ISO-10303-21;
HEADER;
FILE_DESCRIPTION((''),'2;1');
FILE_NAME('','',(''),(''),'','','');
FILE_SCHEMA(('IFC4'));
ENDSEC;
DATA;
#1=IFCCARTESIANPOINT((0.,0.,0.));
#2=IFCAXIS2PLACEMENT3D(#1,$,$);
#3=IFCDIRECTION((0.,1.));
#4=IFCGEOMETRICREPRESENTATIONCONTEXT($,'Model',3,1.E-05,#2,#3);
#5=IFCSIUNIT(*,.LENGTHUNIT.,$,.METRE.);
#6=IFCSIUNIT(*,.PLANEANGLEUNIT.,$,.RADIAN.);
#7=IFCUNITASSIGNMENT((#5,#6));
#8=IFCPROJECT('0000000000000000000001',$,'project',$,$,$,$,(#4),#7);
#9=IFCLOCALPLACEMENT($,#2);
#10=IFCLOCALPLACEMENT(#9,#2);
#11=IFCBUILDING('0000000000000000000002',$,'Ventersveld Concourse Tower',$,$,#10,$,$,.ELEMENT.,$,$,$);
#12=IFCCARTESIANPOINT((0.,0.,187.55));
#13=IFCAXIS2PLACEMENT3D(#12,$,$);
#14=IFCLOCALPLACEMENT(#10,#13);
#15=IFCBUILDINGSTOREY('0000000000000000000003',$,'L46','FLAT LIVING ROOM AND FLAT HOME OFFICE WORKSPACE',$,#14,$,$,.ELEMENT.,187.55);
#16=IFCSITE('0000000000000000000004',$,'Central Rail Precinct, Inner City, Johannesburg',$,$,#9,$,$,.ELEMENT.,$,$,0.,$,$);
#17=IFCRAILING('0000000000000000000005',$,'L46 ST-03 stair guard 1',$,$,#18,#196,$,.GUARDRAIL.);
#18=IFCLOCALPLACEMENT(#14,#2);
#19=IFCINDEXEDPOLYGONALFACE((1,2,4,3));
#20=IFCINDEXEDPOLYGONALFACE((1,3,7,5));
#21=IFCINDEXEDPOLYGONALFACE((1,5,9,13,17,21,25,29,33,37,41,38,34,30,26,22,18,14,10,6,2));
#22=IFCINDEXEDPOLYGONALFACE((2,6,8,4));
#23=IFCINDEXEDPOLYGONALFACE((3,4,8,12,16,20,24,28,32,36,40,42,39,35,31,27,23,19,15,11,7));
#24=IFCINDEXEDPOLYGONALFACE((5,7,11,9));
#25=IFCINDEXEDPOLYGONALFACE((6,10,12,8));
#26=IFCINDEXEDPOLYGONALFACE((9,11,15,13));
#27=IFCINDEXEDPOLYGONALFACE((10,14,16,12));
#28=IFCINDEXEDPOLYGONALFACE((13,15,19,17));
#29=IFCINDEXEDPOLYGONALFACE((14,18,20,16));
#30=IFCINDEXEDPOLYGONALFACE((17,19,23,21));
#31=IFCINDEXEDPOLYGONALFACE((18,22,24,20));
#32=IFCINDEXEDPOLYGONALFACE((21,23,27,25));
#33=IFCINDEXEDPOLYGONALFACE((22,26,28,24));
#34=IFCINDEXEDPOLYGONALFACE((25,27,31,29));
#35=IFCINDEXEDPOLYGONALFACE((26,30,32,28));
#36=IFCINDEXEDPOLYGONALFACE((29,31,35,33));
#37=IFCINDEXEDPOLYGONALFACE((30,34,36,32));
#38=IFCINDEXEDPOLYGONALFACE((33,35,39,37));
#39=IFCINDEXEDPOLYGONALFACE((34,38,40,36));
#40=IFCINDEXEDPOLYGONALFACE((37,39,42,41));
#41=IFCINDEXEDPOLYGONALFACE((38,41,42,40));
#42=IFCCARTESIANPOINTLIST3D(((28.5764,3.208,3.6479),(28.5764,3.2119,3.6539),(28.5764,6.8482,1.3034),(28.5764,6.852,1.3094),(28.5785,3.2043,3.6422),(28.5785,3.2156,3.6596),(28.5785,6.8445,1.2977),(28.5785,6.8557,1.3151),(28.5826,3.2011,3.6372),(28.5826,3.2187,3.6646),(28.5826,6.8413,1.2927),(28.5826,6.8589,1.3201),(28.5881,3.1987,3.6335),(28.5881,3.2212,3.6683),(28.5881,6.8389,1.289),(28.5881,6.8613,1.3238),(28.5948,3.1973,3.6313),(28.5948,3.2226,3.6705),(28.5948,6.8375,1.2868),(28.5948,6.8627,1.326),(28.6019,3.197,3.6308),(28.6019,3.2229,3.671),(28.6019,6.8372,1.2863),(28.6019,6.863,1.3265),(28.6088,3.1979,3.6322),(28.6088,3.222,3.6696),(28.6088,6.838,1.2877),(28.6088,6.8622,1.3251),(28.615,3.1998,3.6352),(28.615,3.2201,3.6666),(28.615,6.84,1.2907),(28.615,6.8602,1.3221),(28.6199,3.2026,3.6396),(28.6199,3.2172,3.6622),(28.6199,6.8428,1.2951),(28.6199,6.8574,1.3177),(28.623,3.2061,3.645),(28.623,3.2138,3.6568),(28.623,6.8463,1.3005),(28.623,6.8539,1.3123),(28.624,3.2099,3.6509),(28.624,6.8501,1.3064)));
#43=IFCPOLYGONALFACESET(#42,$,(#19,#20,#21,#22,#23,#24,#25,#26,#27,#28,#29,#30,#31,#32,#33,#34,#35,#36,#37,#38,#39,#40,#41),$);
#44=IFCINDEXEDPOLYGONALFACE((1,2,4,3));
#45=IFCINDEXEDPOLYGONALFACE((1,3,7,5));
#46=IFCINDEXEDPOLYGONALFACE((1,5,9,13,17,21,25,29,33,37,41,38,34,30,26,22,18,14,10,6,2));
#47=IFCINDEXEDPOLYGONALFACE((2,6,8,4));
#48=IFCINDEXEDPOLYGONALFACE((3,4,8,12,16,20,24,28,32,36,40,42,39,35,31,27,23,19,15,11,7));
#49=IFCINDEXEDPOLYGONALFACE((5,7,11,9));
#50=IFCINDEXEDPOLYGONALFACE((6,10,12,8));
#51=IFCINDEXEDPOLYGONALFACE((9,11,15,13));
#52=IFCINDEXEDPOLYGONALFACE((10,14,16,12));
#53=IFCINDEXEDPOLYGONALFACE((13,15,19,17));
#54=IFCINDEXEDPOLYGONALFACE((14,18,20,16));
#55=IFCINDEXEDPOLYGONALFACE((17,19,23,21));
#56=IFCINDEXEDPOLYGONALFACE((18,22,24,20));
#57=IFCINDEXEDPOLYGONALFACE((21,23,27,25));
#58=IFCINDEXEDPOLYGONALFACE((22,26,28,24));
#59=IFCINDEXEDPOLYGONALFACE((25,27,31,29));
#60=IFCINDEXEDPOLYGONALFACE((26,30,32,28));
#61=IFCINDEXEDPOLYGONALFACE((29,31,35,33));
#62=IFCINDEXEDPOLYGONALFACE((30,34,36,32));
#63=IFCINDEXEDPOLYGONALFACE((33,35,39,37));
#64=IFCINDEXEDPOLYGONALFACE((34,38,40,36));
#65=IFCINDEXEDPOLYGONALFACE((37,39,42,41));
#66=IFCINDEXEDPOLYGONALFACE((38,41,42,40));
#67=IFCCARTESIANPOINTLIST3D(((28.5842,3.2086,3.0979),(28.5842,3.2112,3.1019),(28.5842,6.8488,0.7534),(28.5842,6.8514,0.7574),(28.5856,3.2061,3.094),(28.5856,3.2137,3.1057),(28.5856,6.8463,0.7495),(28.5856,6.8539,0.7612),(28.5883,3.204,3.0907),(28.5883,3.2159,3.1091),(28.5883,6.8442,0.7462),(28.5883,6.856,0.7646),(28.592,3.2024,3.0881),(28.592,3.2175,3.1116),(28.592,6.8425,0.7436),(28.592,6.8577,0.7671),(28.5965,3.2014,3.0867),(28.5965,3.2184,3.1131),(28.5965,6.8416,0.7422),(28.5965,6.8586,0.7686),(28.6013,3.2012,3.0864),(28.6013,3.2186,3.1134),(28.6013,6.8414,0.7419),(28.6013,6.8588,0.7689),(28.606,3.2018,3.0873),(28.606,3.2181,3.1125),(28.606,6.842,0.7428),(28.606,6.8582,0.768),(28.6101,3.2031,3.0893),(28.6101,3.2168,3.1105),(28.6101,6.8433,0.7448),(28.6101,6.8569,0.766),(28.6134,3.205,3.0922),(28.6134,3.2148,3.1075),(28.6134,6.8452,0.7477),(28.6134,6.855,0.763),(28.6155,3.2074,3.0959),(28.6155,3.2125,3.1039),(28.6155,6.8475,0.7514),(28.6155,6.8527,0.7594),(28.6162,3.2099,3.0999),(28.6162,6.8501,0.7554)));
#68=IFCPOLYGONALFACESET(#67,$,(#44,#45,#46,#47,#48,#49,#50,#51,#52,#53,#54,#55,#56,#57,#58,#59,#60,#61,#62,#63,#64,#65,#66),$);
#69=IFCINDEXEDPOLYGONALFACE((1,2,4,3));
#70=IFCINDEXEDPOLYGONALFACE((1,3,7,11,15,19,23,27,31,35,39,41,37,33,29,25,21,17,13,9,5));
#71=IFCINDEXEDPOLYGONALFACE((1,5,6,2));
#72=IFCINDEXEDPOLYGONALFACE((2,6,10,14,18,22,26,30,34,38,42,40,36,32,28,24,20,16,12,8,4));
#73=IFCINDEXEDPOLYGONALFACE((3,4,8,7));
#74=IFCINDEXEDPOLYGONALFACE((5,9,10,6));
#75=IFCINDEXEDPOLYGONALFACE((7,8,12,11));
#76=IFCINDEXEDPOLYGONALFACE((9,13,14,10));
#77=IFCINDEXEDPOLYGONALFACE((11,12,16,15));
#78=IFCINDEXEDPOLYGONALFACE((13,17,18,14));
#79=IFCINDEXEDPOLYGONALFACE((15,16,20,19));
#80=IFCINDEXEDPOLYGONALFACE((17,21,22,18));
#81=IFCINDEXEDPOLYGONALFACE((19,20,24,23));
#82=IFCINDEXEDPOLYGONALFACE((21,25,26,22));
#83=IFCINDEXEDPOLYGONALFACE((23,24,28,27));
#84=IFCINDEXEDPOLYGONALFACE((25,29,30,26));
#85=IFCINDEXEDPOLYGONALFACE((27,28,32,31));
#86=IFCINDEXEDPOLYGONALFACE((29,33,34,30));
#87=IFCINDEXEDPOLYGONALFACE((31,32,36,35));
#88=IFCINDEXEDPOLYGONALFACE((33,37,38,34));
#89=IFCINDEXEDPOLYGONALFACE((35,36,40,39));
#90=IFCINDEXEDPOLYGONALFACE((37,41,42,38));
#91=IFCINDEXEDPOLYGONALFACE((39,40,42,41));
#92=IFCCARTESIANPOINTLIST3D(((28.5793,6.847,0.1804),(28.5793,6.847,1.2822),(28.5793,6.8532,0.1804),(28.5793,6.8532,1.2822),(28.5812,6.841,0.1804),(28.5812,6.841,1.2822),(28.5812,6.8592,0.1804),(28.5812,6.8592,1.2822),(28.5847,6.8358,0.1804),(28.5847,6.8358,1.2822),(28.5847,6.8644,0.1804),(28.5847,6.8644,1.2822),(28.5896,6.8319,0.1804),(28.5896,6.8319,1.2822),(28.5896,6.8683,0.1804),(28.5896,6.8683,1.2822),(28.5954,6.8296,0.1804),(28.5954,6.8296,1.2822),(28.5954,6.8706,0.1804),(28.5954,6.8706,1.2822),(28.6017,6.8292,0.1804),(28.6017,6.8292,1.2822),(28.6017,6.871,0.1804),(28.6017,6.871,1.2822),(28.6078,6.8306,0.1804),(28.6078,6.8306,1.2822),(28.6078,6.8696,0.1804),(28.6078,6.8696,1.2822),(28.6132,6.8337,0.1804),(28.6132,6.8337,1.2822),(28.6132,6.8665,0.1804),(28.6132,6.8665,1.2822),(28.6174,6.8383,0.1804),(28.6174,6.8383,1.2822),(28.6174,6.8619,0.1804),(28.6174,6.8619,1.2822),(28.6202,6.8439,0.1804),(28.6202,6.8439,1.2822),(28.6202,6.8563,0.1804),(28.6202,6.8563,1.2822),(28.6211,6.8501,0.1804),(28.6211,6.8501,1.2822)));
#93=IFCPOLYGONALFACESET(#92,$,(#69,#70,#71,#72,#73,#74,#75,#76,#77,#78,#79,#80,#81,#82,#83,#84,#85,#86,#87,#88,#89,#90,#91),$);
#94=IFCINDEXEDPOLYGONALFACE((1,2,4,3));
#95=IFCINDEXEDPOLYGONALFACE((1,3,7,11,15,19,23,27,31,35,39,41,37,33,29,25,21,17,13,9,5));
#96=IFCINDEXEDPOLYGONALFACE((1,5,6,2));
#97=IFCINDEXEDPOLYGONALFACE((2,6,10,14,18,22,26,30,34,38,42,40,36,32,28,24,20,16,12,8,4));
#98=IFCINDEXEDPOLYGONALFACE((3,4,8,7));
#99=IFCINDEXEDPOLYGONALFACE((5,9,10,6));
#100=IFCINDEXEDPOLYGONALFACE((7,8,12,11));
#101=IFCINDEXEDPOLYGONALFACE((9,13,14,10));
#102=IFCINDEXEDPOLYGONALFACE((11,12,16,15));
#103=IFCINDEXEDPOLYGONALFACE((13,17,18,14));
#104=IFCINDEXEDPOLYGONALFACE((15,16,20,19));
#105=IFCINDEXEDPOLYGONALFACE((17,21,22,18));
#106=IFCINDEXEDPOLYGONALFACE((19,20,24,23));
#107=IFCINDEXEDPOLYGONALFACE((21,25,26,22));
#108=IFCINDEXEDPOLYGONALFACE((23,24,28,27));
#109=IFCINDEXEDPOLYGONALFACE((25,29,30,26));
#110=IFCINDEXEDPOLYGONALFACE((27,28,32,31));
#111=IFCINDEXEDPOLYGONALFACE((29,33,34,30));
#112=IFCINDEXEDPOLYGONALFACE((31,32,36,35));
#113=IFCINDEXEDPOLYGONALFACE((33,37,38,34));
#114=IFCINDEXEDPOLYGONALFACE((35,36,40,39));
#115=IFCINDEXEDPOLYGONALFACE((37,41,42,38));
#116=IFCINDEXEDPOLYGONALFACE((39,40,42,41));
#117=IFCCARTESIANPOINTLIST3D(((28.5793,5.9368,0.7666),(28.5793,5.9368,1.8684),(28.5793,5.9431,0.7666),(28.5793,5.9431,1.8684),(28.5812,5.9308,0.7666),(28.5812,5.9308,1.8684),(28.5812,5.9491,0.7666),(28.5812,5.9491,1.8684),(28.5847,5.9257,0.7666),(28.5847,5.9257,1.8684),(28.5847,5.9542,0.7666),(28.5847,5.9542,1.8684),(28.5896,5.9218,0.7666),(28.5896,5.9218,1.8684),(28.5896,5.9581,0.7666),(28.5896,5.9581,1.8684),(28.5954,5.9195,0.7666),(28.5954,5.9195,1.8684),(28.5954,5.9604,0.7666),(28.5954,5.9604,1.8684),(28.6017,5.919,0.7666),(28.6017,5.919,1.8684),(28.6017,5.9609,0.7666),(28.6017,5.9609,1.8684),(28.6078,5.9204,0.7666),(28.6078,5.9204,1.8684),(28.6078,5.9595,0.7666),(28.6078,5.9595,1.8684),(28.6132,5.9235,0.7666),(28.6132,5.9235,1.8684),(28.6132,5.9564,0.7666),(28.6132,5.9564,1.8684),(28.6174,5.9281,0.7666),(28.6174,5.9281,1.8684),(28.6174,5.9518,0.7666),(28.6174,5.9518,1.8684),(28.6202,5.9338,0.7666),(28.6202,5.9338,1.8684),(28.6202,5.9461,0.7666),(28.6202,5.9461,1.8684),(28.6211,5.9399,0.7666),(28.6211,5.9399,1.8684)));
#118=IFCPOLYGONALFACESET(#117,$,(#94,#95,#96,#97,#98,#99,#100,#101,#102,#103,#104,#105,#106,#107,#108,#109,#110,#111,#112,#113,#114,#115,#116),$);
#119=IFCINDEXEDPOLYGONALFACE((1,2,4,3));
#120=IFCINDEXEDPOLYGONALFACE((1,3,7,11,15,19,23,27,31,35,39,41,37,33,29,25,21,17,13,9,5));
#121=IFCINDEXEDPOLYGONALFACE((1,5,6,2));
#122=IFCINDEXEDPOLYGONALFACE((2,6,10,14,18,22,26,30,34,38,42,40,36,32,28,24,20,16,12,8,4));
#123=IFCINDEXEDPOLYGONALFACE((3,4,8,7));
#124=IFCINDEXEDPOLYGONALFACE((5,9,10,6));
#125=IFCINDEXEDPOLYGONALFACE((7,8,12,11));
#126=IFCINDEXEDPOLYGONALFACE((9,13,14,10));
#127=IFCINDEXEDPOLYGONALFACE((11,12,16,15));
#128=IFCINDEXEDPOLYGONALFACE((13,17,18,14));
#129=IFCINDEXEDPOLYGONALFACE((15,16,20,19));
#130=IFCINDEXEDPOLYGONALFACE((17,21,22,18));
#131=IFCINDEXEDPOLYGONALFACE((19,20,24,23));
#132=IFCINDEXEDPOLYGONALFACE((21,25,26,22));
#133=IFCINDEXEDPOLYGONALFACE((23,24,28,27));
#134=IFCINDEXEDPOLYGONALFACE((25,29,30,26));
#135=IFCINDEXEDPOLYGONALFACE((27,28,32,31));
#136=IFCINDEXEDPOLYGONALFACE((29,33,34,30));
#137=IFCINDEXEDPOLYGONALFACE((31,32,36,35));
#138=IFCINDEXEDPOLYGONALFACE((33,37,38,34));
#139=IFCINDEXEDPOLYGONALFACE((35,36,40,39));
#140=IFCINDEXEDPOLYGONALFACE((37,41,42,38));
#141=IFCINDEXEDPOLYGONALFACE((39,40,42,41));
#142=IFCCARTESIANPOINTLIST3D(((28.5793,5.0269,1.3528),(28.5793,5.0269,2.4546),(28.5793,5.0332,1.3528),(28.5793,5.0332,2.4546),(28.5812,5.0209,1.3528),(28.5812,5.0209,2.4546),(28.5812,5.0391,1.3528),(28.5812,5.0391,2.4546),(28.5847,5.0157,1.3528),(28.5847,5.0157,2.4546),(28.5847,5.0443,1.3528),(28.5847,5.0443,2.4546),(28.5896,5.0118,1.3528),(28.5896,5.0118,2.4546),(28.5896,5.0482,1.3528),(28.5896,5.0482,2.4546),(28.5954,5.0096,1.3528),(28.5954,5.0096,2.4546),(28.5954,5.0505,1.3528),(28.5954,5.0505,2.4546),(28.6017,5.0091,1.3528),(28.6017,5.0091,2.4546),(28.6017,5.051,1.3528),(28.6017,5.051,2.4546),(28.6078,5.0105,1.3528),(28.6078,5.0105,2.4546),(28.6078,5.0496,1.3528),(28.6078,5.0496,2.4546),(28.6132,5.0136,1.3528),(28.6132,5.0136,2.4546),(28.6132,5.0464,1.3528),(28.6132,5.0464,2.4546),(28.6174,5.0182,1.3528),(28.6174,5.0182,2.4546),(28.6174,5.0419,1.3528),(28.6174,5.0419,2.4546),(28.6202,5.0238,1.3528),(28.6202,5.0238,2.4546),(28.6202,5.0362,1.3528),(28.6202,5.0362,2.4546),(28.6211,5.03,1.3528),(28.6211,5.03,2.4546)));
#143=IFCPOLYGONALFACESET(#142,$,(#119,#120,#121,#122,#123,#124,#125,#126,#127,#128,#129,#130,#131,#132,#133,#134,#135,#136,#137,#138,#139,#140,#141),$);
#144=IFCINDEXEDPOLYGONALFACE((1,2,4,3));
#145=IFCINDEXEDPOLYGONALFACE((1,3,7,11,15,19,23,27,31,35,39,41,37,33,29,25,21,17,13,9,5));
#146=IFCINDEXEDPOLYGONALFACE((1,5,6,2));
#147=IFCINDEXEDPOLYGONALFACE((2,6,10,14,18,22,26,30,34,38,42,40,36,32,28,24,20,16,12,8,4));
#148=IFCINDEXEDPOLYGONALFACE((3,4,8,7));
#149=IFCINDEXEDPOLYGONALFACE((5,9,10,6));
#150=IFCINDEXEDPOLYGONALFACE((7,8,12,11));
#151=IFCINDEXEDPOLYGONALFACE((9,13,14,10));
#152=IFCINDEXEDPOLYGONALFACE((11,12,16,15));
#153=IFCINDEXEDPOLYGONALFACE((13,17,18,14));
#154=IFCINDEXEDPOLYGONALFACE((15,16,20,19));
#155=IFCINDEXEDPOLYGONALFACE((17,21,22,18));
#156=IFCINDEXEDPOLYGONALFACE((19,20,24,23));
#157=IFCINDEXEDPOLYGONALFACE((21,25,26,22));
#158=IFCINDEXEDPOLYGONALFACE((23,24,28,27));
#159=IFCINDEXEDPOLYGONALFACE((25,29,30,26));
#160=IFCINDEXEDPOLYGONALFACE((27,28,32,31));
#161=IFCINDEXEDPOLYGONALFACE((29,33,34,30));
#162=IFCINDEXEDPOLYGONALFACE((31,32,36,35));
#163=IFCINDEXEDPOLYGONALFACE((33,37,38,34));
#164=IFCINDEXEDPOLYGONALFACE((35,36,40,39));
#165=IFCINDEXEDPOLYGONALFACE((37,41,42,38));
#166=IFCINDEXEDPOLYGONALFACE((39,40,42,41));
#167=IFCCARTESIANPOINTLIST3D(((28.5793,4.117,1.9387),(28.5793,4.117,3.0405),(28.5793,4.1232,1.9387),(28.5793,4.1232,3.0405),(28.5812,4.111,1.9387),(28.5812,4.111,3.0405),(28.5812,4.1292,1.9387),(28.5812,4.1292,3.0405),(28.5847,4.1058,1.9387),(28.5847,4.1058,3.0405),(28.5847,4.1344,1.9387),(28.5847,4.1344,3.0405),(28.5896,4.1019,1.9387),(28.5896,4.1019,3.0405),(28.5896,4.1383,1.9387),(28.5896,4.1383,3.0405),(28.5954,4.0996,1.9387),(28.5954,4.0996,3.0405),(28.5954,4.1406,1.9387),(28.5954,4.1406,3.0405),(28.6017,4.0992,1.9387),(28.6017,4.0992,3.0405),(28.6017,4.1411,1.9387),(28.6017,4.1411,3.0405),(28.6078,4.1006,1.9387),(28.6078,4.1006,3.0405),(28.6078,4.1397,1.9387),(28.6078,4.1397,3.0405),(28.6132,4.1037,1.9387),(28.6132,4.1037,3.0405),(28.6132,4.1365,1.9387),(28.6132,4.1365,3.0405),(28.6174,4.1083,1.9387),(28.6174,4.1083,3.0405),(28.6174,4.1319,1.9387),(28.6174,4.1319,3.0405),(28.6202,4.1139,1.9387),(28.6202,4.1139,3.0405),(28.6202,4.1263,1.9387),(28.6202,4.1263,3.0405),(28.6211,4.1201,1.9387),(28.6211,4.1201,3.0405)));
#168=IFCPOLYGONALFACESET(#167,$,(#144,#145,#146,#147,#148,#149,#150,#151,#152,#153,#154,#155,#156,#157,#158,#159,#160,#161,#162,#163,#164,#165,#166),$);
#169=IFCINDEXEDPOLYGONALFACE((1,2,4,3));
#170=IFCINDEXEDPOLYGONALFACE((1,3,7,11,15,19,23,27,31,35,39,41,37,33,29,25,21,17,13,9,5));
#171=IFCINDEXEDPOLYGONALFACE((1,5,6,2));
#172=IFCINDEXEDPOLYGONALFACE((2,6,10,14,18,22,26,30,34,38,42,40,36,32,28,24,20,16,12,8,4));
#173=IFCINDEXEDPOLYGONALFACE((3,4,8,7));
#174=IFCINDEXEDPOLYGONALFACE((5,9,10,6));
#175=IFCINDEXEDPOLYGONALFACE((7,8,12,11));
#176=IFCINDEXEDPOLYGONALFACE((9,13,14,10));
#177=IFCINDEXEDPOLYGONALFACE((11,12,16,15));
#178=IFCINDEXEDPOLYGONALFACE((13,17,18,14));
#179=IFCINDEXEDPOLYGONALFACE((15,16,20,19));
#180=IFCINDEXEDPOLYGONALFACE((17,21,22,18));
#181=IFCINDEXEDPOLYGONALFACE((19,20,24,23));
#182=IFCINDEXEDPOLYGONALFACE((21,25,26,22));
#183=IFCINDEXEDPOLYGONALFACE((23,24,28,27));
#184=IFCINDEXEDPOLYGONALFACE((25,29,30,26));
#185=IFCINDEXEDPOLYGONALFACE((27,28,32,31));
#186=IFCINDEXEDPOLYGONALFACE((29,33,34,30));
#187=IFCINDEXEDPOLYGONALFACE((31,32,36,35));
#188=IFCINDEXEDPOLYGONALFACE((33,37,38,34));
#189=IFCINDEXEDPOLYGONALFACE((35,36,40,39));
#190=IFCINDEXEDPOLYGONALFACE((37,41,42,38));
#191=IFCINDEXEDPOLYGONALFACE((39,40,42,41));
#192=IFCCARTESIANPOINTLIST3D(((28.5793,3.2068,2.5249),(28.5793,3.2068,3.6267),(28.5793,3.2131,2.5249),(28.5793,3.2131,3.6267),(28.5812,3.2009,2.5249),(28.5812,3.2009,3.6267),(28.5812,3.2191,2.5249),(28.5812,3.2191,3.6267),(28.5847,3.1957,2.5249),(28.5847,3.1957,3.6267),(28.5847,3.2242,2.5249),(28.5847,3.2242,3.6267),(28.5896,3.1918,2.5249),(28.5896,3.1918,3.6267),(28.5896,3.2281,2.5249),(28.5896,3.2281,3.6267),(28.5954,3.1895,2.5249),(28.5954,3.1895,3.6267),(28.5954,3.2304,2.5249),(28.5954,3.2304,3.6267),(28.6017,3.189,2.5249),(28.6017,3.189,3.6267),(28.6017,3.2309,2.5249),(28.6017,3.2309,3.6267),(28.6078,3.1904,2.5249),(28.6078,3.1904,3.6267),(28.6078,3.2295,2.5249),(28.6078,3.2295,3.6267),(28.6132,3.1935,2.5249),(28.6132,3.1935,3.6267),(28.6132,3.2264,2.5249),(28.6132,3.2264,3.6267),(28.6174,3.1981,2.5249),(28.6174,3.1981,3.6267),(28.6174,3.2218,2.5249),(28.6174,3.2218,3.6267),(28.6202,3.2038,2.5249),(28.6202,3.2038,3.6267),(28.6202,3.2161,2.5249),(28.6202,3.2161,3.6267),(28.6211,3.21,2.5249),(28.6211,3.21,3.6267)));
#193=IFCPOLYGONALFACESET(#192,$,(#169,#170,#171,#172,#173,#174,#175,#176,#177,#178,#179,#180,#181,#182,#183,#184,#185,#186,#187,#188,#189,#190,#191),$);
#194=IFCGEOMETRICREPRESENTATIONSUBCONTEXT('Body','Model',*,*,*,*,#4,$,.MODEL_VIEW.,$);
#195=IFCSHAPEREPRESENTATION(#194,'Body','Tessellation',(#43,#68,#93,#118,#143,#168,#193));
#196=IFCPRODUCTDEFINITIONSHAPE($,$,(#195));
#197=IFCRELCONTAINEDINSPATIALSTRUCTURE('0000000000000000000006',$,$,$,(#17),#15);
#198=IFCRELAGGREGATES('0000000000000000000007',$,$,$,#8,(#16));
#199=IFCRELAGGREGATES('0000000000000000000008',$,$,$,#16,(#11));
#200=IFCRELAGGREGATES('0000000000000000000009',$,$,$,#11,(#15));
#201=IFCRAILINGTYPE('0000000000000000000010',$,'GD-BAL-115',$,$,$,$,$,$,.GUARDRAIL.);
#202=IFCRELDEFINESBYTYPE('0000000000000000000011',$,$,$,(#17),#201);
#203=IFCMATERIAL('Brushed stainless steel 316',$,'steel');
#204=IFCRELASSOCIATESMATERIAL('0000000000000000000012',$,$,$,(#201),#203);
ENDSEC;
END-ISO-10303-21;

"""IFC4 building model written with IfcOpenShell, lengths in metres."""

from ifc_helpers import new_model, si_unit, direction, frame, origin, origin_2d, place, context, subcontext, project, spatial, circle, extrude, material, type_object, element, save


model = new_model("IFC4")

# Units and contexts
model_context = context("Model", 3, precision=1e-05, world=origin(), true_north=direction((0.0, 1.0)))
body_context = subcontext(model_context, "Body", "Model", "MODEL_VIEW")
ifc_project = project(units=[si_unit("LENGTHUNIT", "METRE"), si_unit("PLANEANGLEUNIT", "RADIAN")], contexts=[model_context])

# Site, building, storey
site_placement = place(None, origin())
site = spatial("IfcSite", under=ifc_project, at=site_placement, Name="Central Rail Precinct, Inner City, Johannesburg", CompositionType="ELEMENT", RefElevation=0.0)
building_placement = place(site_placement, origin())
building = spatial("IfcBuilding", under=site, at=building_placement, Name="Ventersveld Concourse Tower", CompositionType="ELEMENT")
storey_placement = place(building_placement, frame((0.0, 0.0, 187.55)))
storey = spatial("IfcBuildingStorey", under=building, at=storey_placement, Name="L46", Description="FLAT LIVING ROOM AND FLAT HOME OFFICE WORKSPACE", CompositionType="ELEMENT", Elevation=187.55)

# Shared definitions
ifc_material_1 = material(Name="Brushed stainless steel 316", Category="steel")

# Railing
railing_type_1 = type_object("IfcRailingType", Name="GD-BAL-115", PredefinedType="GUARDRAIL", material=ifc_material_1)
railing_1_placement = place(storey_placement, frame((28.6001, 6.8501, 0.1804)))
element("IfcRailing", 1, at=railing_1_placement, inside=storey, type_object=railing_type_1, Name="L46 ST-03 stair guard 1", PredefinedType="GUARDRAIL", context=body_context, shape_type="SweptSolid", body=[
    extrude(circle(Radius=0.0239, at=origin_2d()), frame((0.0, 0.0, 1.126), z_axis=(0.0, -0.840716, 0.541476), x_axis=(1.0, 0.0, 0.0)), (0.0, 0.0, 1.0), 4.3298),
    extrude(circle(Radius=0.0161, at=origin_2d()), frame((0.0, 0.0, 0.575), z_axis=(0.0, -0.840716, 0.541476), x_axis=(1.0, 0.0, 0.0)), (0.0, 0.0, 1.0), 4.3298),
    extrude(circle(Radius=0.021, at=origin_2d()), origin(), (0.0, 0.0, 1.0), 1.1018),
    extrude(circle(Radius=0.021, at=origin_2d()), frame((0.0, -0.9102, 0.5862)), (0.0, 0.0, 1.0), 1.1018),
    extrude(circle(Radius=0.021, at=origin_2d()), frame((0.0, -1.8201, 1.1724)), (0.0, 0.0, 1.0), 1.1018),
    extrude(circle(Radius=0.021, at=origin_2d()), frame((0.0, -2.73, 1.7583)), (0.0, 0.0, 1.0), 1.1018),
    extrude(circle(Radius=0.021, at=origin_2d()), frame((0.0, -3.6401, 2.3445)), (0.0, 0.0, 1.0), 1.1018),
])

save(model, "model.ifc")
